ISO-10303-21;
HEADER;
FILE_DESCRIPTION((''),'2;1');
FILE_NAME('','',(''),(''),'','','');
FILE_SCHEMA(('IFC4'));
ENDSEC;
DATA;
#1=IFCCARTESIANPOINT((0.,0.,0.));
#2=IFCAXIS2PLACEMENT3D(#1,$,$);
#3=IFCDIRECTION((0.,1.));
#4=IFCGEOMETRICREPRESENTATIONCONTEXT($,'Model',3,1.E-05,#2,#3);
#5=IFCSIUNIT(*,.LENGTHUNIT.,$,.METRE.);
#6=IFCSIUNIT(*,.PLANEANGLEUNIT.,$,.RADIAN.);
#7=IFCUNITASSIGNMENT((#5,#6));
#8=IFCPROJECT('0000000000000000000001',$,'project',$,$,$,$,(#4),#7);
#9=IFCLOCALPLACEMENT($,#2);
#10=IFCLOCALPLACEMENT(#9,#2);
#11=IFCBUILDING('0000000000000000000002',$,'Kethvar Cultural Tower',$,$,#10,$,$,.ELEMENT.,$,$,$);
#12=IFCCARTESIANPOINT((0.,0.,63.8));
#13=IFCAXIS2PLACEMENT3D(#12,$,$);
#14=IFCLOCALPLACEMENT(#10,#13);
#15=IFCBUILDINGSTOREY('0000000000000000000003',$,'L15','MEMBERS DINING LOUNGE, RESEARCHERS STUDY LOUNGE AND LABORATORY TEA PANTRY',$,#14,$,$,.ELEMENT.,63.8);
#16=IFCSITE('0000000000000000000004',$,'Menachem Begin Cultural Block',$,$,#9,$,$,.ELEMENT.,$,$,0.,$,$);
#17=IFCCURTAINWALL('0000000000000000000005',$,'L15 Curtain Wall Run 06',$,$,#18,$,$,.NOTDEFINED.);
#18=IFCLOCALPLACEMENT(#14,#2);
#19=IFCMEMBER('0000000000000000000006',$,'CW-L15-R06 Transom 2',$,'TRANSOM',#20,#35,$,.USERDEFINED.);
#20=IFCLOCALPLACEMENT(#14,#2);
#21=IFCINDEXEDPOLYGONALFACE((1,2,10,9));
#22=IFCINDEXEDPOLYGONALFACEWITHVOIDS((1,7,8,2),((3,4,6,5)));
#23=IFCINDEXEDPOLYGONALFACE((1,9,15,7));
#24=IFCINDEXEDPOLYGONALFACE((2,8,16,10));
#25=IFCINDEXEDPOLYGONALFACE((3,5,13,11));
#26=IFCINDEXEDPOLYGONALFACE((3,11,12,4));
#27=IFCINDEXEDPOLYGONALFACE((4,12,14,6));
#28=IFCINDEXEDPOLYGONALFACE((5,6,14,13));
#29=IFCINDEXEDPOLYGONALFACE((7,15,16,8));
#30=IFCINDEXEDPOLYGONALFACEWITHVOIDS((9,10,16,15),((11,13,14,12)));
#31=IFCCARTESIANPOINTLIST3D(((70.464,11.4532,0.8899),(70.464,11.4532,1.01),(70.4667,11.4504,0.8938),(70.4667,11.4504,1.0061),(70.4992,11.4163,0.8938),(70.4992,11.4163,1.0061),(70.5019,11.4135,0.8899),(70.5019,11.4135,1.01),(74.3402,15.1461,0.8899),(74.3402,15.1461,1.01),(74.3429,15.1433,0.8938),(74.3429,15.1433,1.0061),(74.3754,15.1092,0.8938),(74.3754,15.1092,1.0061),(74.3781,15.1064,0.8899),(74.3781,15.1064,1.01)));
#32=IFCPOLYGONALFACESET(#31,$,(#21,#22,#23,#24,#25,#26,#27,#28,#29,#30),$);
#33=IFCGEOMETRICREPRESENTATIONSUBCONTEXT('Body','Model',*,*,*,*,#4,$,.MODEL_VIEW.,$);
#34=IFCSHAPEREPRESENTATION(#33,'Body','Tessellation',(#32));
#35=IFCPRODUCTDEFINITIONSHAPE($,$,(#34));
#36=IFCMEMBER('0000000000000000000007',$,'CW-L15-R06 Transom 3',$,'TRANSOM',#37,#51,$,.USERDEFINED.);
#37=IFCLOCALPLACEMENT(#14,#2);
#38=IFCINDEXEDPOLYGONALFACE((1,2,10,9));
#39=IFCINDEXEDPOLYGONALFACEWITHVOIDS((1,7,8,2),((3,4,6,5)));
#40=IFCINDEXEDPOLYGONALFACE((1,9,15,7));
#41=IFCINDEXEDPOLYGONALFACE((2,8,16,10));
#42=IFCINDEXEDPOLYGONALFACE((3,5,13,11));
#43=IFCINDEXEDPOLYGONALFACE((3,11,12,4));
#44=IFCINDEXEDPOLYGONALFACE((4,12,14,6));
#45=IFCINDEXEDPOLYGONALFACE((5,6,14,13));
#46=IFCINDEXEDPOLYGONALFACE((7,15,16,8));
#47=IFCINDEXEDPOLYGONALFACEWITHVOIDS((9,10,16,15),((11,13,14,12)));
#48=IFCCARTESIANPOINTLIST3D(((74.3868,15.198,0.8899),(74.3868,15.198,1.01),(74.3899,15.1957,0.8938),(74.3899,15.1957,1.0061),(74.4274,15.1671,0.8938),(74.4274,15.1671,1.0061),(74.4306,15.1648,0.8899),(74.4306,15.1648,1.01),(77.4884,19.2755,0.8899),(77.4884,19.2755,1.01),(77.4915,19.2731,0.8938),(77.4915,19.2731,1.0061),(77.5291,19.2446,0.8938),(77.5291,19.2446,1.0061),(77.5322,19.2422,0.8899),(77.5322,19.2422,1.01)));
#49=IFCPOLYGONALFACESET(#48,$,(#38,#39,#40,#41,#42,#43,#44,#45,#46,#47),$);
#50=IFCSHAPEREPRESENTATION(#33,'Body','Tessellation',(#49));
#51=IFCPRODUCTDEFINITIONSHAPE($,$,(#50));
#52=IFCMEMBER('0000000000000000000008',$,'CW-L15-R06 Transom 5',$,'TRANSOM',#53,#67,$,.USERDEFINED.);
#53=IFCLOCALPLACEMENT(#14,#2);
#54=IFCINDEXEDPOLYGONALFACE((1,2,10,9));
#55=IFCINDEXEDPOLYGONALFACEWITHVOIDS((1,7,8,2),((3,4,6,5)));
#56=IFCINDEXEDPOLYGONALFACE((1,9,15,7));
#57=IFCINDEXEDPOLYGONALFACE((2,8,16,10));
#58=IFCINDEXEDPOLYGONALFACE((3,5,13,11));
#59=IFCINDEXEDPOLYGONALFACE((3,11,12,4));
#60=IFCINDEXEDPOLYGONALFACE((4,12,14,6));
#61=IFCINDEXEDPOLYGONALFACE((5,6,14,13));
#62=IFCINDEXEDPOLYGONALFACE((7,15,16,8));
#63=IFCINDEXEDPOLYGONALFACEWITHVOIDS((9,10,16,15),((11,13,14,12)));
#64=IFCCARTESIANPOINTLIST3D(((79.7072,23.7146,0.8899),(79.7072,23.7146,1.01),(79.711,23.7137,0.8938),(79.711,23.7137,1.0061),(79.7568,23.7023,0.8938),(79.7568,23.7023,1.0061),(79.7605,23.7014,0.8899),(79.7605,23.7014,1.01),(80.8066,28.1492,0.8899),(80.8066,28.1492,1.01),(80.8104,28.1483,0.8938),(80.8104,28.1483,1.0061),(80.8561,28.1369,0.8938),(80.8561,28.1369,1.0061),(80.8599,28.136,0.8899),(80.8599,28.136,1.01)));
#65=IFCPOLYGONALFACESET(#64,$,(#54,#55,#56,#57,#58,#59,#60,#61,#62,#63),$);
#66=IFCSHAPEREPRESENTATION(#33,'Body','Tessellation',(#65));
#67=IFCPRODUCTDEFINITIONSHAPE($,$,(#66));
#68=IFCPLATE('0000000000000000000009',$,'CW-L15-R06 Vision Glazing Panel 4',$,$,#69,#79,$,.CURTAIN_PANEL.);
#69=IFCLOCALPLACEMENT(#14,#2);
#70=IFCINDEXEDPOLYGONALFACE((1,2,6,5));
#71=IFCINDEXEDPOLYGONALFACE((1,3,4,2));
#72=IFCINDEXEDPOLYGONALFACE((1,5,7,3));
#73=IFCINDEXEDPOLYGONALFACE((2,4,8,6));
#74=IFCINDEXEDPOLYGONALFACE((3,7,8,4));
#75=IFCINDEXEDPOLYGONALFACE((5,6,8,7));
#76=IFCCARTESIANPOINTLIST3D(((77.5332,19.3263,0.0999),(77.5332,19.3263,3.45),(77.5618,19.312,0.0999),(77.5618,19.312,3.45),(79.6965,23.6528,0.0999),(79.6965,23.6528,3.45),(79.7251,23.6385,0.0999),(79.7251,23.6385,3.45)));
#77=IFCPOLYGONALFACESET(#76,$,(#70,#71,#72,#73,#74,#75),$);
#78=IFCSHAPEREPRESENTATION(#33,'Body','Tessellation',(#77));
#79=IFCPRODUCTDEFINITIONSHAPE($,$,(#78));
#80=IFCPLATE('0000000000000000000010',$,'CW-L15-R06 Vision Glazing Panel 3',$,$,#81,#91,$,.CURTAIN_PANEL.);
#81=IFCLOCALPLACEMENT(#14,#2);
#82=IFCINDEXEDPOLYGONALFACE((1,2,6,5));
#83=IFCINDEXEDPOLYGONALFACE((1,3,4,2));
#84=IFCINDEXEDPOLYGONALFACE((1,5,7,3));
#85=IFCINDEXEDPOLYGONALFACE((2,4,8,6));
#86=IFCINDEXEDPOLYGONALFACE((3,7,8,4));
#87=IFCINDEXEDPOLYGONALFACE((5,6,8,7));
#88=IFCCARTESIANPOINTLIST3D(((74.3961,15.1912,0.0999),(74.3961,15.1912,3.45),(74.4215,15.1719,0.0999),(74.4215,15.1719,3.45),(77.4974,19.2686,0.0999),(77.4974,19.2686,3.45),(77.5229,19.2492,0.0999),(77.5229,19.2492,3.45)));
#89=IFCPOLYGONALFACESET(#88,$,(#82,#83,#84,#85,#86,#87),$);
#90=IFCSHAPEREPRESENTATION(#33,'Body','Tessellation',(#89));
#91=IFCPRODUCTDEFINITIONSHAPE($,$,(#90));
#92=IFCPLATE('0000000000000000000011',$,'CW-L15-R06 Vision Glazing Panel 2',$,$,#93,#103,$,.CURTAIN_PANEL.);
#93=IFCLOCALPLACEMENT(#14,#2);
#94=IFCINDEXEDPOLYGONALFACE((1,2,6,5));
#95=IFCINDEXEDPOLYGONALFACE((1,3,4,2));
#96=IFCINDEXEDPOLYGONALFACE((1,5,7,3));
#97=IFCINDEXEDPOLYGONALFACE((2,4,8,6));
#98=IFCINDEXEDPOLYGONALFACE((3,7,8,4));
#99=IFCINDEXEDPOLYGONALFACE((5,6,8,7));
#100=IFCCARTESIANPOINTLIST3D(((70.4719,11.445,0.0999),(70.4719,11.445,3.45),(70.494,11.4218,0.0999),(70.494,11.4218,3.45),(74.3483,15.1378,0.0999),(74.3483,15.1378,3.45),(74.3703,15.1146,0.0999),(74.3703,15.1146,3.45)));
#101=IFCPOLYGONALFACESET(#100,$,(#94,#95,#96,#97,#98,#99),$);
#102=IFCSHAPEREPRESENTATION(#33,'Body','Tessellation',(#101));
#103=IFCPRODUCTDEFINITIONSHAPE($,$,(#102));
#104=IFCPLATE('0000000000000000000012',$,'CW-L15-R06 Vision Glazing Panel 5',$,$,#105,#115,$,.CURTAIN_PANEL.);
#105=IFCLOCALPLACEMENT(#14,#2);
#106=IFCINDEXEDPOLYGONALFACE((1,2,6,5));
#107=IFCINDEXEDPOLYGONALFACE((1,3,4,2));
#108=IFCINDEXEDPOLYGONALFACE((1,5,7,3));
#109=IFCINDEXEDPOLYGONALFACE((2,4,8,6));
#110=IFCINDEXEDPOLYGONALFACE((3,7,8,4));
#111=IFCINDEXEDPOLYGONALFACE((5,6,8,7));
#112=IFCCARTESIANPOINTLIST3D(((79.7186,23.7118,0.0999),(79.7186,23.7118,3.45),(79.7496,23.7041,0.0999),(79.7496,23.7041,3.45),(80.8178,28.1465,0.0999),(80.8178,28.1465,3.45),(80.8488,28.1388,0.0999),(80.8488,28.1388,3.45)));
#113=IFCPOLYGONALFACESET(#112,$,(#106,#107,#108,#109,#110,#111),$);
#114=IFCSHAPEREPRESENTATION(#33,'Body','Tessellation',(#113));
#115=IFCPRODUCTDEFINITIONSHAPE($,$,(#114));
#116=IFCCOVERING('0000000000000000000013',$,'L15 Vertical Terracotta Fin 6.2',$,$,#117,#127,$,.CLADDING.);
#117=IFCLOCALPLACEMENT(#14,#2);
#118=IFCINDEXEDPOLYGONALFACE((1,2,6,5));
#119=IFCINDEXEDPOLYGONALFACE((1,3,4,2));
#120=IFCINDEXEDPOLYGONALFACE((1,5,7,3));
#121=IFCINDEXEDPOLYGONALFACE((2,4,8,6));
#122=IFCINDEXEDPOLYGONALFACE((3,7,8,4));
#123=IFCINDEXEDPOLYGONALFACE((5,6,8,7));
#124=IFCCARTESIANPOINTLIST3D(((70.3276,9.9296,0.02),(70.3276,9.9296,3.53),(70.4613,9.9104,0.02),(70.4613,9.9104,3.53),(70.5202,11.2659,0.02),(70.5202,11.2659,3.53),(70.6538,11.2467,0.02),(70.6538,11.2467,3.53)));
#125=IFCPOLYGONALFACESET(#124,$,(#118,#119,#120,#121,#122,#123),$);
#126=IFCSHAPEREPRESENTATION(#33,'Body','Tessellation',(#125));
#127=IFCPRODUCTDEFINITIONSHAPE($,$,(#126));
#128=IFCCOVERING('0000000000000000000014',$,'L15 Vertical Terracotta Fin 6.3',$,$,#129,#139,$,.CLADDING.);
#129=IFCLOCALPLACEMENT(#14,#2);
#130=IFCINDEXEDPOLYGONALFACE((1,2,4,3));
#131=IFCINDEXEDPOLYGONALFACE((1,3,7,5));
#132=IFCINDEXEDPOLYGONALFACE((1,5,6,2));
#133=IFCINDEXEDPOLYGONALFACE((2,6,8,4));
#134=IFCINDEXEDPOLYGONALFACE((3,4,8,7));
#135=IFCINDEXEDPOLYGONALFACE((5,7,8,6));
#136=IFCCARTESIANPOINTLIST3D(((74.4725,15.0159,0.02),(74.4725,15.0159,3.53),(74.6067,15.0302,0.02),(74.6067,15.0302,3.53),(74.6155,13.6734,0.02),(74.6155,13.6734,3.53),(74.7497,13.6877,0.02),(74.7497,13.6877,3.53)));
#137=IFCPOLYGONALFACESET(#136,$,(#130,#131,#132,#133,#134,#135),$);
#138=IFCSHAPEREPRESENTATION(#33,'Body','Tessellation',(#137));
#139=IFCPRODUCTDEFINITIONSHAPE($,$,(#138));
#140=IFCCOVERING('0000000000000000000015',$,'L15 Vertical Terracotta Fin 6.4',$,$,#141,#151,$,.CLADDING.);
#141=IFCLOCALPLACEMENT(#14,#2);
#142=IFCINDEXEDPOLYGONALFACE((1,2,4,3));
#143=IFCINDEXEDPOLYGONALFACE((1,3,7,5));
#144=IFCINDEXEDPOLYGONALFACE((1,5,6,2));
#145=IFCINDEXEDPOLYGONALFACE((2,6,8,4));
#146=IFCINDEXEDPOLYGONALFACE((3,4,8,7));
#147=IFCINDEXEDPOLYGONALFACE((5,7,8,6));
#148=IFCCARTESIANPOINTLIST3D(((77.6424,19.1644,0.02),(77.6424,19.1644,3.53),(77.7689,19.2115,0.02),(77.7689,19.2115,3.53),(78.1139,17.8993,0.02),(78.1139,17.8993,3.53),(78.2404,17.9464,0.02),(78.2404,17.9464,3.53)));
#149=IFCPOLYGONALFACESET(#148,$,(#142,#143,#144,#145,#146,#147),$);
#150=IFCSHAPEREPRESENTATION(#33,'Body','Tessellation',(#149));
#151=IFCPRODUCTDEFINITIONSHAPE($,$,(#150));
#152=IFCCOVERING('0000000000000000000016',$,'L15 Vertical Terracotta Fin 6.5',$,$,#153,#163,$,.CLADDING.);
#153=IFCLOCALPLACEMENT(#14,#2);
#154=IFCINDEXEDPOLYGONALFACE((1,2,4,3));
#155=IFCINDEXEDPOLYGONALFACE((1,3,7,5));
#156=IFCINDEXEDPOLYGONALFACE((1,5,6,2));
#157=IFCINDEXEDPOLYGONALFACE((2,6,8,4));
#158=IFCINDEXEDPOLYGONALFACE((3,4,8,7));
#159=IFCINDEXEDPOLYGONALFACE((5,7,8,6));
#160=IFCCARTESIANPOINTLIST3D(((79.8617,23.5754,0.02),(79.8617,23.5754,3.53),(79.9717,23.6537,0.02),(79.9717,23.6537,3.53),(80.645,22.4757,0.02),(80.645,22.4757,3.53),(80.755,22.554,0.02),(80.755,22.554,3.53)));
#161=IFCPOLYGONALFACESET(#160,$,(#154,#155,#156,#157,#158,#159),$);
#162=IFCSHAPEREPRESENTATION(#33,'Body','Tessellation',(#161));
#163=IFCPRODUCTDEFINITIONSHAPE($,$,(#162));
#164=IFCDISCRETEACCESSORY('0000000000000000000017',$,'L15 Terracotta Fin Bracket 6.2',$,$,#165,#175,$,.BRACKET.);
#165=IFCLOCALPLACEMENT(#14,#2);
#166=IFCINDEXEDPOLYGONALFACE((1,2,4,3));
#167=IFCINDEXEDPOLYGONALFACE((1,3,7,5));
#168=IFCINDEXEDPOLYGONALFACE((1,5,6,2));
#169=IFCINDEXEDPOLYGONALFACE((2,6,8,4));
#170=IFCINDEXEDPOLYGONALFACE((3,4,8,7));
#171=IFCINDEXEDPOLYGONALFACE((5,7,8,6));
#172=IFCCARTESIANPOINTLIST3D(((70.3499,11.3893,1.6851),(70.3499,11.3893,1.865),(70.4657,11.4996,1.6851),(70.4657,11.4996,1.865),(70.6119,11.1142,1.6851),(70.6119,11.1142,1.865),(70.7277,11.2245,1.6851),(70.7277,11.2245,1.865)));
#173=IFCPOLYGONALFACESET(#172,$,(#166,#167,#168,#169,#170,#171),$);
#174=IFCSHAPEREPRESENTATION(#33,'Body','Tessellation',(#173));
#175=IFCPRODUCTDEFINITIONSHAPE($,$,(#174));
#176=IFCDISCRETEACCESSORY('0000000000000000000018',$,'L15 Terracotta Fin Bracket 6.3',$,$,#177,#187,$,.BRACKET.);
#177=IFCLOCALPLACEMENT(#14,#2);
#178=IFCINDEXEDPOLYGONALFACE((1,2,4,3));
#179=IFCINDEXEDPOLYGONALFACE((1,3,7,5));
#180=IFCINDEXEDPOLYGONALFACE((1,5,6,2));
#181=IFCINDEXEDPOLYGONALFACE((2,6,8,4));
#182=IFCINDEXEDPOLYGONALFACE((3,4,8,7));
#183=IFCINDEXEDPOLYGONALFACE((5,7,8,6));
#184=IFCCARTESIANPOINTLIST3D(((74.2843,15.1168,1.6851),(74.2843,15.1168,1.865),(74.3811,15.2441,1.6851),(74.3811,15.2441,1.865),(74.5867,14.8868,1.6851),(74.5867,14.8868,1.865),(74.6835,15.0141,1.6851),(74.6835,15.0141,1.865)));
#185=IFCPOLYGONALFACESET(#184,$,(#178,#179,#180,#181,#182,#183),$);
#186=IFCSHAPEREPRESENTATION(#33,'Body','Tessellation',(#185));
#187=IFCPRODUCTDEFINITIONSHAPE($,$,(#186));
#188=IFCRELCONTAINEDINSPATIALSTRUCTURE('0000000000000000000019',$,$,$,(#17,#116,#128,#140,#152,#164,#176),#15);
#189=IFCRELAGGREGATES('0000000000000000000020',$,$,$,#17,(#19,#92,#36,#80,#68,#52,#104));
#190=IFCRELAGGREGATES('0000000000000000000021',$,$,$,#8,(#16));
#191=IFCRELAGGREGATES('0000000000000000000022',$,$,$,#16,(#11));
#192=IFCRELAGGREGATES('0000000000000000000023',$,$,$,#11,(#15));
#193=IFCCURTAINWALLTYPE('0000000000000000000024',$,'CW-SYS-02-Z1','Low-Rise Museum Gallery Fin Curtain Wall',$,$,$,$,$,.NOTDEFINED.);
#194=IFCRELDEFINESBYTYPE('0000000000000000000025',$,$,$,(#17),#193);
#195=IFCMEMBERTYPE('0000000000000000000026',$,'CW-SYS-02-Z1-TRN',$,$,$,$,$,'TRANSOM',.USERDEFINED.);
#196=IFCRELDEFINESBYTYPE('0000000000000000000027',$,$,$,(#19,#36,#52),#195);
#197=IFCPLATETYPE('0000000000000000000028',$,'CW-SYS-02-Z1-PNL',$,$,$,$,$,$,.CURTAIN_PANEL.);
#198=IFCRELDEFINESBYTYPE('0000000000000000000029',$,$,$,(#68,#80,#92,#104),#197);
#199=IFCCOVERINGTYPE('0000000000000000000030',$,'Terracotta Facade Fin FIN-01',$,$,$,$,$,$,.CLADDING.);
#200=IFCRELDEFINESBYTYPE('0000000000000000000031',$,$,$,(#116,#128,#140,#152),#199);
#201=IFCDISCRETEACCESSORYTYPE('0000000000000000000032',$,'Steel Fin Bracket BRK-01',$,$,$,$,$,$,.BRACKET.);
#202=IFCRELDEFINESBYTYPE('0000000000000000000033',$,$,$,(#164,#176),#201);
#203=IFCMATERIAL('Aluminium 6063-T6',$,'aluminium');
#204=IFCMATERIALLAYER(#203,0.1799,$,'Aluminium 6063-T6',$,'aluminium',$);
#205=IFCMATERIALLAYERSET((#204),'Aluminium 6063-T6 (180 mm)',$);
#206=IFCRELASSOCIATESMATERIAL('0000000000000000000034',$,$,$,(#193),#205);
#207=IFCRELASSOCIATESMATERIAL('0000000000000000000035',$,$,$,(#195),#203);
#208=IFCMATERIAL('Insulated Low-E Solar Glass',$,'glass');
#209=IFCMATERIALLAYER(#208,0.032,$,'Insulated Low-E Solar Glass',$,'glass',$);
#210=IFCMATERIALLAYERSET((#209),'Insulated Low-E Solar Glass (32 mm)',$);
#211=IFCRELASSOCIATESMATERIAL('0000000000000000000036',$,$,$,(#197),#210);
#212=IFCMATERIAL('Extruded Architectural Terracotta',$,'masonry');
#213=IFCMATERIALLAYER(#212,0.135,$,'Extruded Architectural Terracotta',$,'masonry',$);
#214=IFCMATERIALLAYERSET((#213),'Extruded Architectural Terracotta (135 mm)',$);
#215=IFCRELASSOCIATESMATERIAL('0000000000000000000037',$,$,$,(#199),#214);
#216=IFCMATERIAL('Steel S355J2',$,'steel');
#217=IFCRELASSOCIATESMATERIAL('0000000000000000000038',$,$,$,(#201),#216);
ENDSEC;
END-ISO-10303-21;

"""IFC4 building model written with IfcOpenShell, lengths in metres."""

from ifc_helpers import new_model, si_unit, direction, frame, origin, origin_2d, place, context, subcontext, project, spatial, rectangle, hollow_rectangle, extrude, source, transform, mapped, material, layer, layer_set, material_profile, profile_set, type_object, element, aggregate, save


model = new_model("IFC4")

# Units and contexts
model_context = context("Model", 3, precision=1e-05, world=origin(), true_north=direction((0.0, 1.0)))
body_context = subcontext(model_context, "Body", "Model", "MODEL_VIEW")
ifc_project = project(units=[si_unit("LENGTHUNIT", "METRE"), si_unit("PLANEANGLEUNIT", "RADIAN")], contexts=[model_context])

# Site, building, storey
site_placement = place(None, origin())
site = spatial("IfcSite", under=ifc_project, at=site_placement, Name="Menachem Begin Cultural Block", CompositionType="ELEMENT", RefElevation=0.0)
building_placement = place(site_placement, origin())
building = spatial("IfcBuilding", under=site, at=building_placement, Name="Kethvar Cultural Tower", CompositionType="ELEMENT")
storey_placement = place(building_placement, frame((0.0, 0.0, 63.8)))
storey = spatial("IfcBuildingStorey", under=building, at=storey_placement, Name="L15", Description="MEMBERS DINING LOUNGE, RESEARCHERS STUDY LOUNGE AND LABORATORY TEA PANTRY", CompositionType="ELEMENT", Elevation=63.8)

# Shared definitions
ifc_material_1 = material(Name="Steel S355J2", Category="steel")

# Curtain wall, members, plates
ifc_material_2 = material(Name="Aluminium 6063-T6", Category="aluminium")
ifc_layer_1 = layer(ifc_material_2, 0.1799, Name="Aluminium 6063-T6", Category="aluminium")
ifc_layer_set_1 = layer_set([ifc_layer_1], Name="Aluminium 6063-T6 (180 mm)")
curtain_wall_type = type_object("IfcCurtainWallType", Name="CW-SYS-02-Z1", Description="Low-Rise Museum Gallery Fin Curtain Wall", PredefinedType="NOTDEFINED", material=ifc_layer_set_1)
curtain_wall_placement = place(storey_placement, origin())
curtain_wall = element("IfcCurtainWall", 1, at=curtain_wall_placement, inside=storey, type_object=curtain_wall_type, Name="L15 Curtain Wall Run 06", PredefinedType="NOTDEFINED")
ifc_material_profile_1 = material_profile(ifc_material_2, hollow_rectangle(XDim=0.0549, YDim=0.1201, WallThickness=0.0039, at=origin_2d()), Name="Aluminium 6063-T6 — RHS120x55x4")
ifc_profile_set_1 = profile_set([ifc_material_profile_1], Name="Aluminium 6063-T6 — RHS120x55x4")
member_type_1 = type_object("IfcMemberType", Name="CW-SYS-02-Z1-TRN", ElementType="TRANSOM", PredefinedType="USERDEFINED", material=ifc_profile_set_1)
shared_shape_1 = source(origin(), body_context, "Body", "SweptSolid", [
    extrude(hollow_rectangle(XDim=0.0549, YDim=0.1201, WallThickness=0.0039, at=origin_2d()), origin(), (0.0, 0.0, 1.0), 5.3538),
])
member_1_placement = place(storey_placement, frame((70.4829, 11.4333, 0.95), z_axis=(0.724023, 0.689776, 0.0), x_axis=(-0.689776, 0.724023, 0.0)))
member_1 = element("IfcMember", 2, at=member_1_placement, type_object=member_type_1, Name="CW-L15-R06 Transom 2", ObjectType="TRANSOM", PredefinedType="USERDEFINED", context=body_context, shape_type="MappedRepresentation", body=[
    mapped(shared_shape_1, transform((0.0, 0.0, 0.0), scale=1.0)),
])
shared_shape_2 = source(origin(), body_context, "Body", "SweptSolid", [
    extrude(hollow_rectangle(XDim=0.0549, YDim=0.1201, WallThickness=0.0039, at=origin_2d()), origin(), (0.0, 0.0, 1.0), 5.123),
])
member_2_placement = place(storey_placement, frame((74.4087, 15.1814, 0.95), z_axis=(0.605423, 0.795904, 0.0), x_axis=(-0.795904, 0.605423, 0.0)))
member_2 = element("IfcMember", 3, at=member_2_placement, type_object=member_type_1, Name="CW-L15-R06 Transom 3", ObjectType="TRANSOM", PredefinedType="USERDEFINED", context=body_context, shape_type="MappedRepresentation", body=[
    mapped(shared_shape_2, transform((0.0, 0.0, 0.0), scale=1.0)),
])
shared_shape_3 = source(origin(), body_context, "Body", "SweptSolid", [
    extrude(hollow_rectangle(XDim=0.0549, YDim=0.1201, WallThickness=0.0039, at=origin_2d()), origin(), (0.0, 0.0, 1.0), 4.5688),
])
member_3_placement = place(storey_placement, frame((79.7339, 23.708, 0.95), z_axis=(0.240624, 0.970618, 0.0), x_axis=(-0.970618, 0.240624, 0.0)))
member_3 = element("IfcMember", 4, at=member_3_placement, type_object=member_type_1, Name="CW-L15-R06 Transom 5", ObjectType="TRANSOM", PredefinedType="USERDEFINED", context=body_context, shape_type="MappedRepresentation", body=[
    mapped(shared_shape_3, transform((0.0, 0.0, 0.0), scale=1.0)),
])
ifc_material_3 = material(Name="Insulated Low-E Solar Glass", Category="glass")
ifc_layer_2 = layer(ifc_material_3, 0.032, Name="Insulated Low-E Solar Glass", Category="glass")
ifc_layer_set_2 = layer_set([ifc_layer_2], Name="Insulated Low-E Solar Glass (32 mm)")
plate_type = type_object("IfcPlateType", Name="CW-SYS-02-Z1-PNL", PredefinedType="CURTAIN_PANEL", material=ifc_layer_set_2)
shared_shape_4 = source(origin(), body_context, "Body", "SweptSolid", [
    extrude(rectangle(XDim=4.8372, YDim=0.032, at=origin_2d()), origin(), (0.0, 0.0, 1.0), 3.3501),
])
plate_1_placement = place(storey_placement, frame((78.6292, 21.4824, 0.0999), z_axis=(0.0, 0.0, 1.0), x_axis=(0.447228, 0.89442, 0.0)))
plate_1 = element("IfcPlate", 5, at=plate_1_placement, type_object=plate_type, Name="CW-L15-R06 Vision Glazing Panel 4", PredefinedType="CURTAIN_PANEL", context=body_context, shape_type="MappedRepresentation", body=[
    mapped(shared_shape_4, transform((0.0, 0.0, 0.0), scale=1.0)),
])
shared_shape_5 = source(origin(), body_context, "Body", "SweptSolid", [
    extrude(rectangle(XDim=5.1228, YDim=0.032, at=origin_2d()), origin(), (0.0, 0.0, 1.0), 3.3501),
])
plate_2_placement = place(storey_placement, frame((75.9595, 17.2202, 0.0999), z_axis=(0.0, 0.0, 1.0), x_axis=(0.605405, 0.795917, 0.0)))
plate_2 = element("IfcPlate", 6, at=plate_2_placement, type_object=plate_type, Name="CW-L15-R06 Vision Glazing Panel 3", PredefinedType="CURTAIN_PANEL", context=body_context, shape_type="MappedRepresentation", body=[
    mapped(shared_shape_5, transform((0.0, 0.0, 0.0), scale=1.0)),
])
shared_shape_6 = source(origin(), body_context, "Body", "SweptSolid", [
    extrude(rectangle(XDim=5.3538, YDim=0.032, at=origin_2d()), origin(), (0.0, 0.0, 1.0), 3.3501),
])
plate_3_placement = place(storey_placement, frame((72.4211, 13.2798, 0.0999), z_axis=(0.0, 0.0, 1.0), x_axis=(0.724039, 0.689759, 0.0)))
plate_3 = element("IfcPlate", 7, at=plate_3_placement, type_object=plate_type, Name="CW-L15-R06 Vision Glazing Panel 2", PredefinedType="CURTAIN_PANEL", context=body_context, shape_type="MappedRepresentation", body=[
    mapped(shared_shape_6, transform((0.0, 0.0, 0.0), scale=1.0)),
])
shared_shape_7 = source(origin(), body_context, "Body", "SweptSolid", [
    extrude(rectangle(XDim=4.5688, YDim=0.032, at=origin_2d()), origin(), (0.0, 0.0, 1.0), 3.3501),
])
plate_4_placement = place(storey_placement, frame((80.2837, 25.9253, 0.0999), z_axis=(0.0, 0.0, 1.0), x_axis=(0.240584, 0.970628, 0.0)))
plate_4 = element("IfcPlate", 8, at=plate_4_placement, type_object=plate_type, Name="CW-L15-R06 Vision Glazing Panel 5", PredefinedType="CURTAIN_PANEL", context=body_context, shape_type="MappedRepresentation", body=[
    mapped(shared_shape_7, transform((0.0, 0.0, 0.0), scale=1.0)),
])
aggregate(curtain_wall, [member_1, plate_3, member_2, plate_2, plate_1, member_3, plate_4])

# Coverings
ifc_material_4 = material(Name="Extruded Architectural Terracotta", Category="masonry")
ifc_layer_3 = layer(ifc_material_4, 0.135, Name="Extruded Architectural Terracotta", Category="masonry")
ifc_layer_set_3 = layer_set([ifc_layer_3], Name="Extruded Architectural Terracotta (135 mm)")
covering_type = type_object("IfcCoveringType", Name="Terracotta Facade Fin FIN-01", PredefinedType="CLADDING", material=ifc_layer_set_3)
shared_shape_8 = source(origin(), body_context, "Body", "SweptSolid", [
    extrude(rectangle(XDim=1.3501, YDim=0.135, at=origin_2d()), origin(), (0.0, 0.0, 1.0), 3.51),
])
for number, where, z_axis, x_axis, name in (
    (9, (70.4907, 10.5881, 0.02), (0.0, 0.0, 1.0), (-0.142629, -0.989776, 0.0), "L15 Vertical Terracotta Fin 6.2"),
    (10, (74.6111, 14.3518, 0.02), (0.0, 0.0, 1.0), (0.105917, -0.994375, 0.0), "L15 Vertical Terracotta Fin 6.3"),
    (11, (77.9414, 18.5554, 0.02), (0.0, 0.0, 1.0), (0.349226, -0.937038, 0.0), "L15 Vertical Terracotta Fin 6.4"),
    (12, (80.3083, 23.0647, 0.02), (0.0, 0.0, 1.0), (0.580134, -0.814521, 0.0), "L15 Vertical Terracotta Fin 6.5"),
):
    element("IfcCovering", number, at=place(storey_placement, frame(where, z_axis=z_axis, x_axis=x_axis)), inside=storey, type_object=covering_type, Name=name, PredefinedType="CLADDING", context=body_context, shape_type="MappedRepresentation", body=[
        mapped(shared_shape_8, transform((0.0, 0.0, 0.0), scale=1.0)),
    ])

# Discrete accessories
discrete_accessory_type = type_object("IfcDiscreteAccessoryType", Name="Steel Fin Bracket BRK-01", PredefinedType="BRACKET", material=ifc_material_1)
shared_shape_9 = source(origin(), body_context, "Body", "SweptSolid", [
    extrude(rectangle(XDim=0.3799, YDim=0.1599, at=origin_2d()), origin(), (0.0, 0.0, 1.0), 0.1799),
])
for number, where, z_axis, x_axis, name in (
    (13, (70.5388, 11.3069, 1.6851), (0.0, 0.0, 1.0), (0.689746, -0.724051, 0.0), "L15 Terracotta Fin Bracket 6.2"),
    (14, (74.4839, 15.0654, 1.6851), (0.0, 0.0, 1.0), (0.795896, -0.605433, 0.0), "L15 Terracotta Fin Bracket 6.3"),
):
    element("IfcDiscreteAccessory", number, at=place(storey_placement, frame(where, z_axis=z_axis, x_axis=x_axis)), inside=storey, type_object=discrete_accessory_type, Name=name, PredefinedType="BRACKET", context=body_context, shape_type="MappedRepresentation", body=[
        mapped(shared_shape_9, transform((0.0, 0.0, 0.0), scale=1.0)),
    ])

save(model, "model.ifc")
